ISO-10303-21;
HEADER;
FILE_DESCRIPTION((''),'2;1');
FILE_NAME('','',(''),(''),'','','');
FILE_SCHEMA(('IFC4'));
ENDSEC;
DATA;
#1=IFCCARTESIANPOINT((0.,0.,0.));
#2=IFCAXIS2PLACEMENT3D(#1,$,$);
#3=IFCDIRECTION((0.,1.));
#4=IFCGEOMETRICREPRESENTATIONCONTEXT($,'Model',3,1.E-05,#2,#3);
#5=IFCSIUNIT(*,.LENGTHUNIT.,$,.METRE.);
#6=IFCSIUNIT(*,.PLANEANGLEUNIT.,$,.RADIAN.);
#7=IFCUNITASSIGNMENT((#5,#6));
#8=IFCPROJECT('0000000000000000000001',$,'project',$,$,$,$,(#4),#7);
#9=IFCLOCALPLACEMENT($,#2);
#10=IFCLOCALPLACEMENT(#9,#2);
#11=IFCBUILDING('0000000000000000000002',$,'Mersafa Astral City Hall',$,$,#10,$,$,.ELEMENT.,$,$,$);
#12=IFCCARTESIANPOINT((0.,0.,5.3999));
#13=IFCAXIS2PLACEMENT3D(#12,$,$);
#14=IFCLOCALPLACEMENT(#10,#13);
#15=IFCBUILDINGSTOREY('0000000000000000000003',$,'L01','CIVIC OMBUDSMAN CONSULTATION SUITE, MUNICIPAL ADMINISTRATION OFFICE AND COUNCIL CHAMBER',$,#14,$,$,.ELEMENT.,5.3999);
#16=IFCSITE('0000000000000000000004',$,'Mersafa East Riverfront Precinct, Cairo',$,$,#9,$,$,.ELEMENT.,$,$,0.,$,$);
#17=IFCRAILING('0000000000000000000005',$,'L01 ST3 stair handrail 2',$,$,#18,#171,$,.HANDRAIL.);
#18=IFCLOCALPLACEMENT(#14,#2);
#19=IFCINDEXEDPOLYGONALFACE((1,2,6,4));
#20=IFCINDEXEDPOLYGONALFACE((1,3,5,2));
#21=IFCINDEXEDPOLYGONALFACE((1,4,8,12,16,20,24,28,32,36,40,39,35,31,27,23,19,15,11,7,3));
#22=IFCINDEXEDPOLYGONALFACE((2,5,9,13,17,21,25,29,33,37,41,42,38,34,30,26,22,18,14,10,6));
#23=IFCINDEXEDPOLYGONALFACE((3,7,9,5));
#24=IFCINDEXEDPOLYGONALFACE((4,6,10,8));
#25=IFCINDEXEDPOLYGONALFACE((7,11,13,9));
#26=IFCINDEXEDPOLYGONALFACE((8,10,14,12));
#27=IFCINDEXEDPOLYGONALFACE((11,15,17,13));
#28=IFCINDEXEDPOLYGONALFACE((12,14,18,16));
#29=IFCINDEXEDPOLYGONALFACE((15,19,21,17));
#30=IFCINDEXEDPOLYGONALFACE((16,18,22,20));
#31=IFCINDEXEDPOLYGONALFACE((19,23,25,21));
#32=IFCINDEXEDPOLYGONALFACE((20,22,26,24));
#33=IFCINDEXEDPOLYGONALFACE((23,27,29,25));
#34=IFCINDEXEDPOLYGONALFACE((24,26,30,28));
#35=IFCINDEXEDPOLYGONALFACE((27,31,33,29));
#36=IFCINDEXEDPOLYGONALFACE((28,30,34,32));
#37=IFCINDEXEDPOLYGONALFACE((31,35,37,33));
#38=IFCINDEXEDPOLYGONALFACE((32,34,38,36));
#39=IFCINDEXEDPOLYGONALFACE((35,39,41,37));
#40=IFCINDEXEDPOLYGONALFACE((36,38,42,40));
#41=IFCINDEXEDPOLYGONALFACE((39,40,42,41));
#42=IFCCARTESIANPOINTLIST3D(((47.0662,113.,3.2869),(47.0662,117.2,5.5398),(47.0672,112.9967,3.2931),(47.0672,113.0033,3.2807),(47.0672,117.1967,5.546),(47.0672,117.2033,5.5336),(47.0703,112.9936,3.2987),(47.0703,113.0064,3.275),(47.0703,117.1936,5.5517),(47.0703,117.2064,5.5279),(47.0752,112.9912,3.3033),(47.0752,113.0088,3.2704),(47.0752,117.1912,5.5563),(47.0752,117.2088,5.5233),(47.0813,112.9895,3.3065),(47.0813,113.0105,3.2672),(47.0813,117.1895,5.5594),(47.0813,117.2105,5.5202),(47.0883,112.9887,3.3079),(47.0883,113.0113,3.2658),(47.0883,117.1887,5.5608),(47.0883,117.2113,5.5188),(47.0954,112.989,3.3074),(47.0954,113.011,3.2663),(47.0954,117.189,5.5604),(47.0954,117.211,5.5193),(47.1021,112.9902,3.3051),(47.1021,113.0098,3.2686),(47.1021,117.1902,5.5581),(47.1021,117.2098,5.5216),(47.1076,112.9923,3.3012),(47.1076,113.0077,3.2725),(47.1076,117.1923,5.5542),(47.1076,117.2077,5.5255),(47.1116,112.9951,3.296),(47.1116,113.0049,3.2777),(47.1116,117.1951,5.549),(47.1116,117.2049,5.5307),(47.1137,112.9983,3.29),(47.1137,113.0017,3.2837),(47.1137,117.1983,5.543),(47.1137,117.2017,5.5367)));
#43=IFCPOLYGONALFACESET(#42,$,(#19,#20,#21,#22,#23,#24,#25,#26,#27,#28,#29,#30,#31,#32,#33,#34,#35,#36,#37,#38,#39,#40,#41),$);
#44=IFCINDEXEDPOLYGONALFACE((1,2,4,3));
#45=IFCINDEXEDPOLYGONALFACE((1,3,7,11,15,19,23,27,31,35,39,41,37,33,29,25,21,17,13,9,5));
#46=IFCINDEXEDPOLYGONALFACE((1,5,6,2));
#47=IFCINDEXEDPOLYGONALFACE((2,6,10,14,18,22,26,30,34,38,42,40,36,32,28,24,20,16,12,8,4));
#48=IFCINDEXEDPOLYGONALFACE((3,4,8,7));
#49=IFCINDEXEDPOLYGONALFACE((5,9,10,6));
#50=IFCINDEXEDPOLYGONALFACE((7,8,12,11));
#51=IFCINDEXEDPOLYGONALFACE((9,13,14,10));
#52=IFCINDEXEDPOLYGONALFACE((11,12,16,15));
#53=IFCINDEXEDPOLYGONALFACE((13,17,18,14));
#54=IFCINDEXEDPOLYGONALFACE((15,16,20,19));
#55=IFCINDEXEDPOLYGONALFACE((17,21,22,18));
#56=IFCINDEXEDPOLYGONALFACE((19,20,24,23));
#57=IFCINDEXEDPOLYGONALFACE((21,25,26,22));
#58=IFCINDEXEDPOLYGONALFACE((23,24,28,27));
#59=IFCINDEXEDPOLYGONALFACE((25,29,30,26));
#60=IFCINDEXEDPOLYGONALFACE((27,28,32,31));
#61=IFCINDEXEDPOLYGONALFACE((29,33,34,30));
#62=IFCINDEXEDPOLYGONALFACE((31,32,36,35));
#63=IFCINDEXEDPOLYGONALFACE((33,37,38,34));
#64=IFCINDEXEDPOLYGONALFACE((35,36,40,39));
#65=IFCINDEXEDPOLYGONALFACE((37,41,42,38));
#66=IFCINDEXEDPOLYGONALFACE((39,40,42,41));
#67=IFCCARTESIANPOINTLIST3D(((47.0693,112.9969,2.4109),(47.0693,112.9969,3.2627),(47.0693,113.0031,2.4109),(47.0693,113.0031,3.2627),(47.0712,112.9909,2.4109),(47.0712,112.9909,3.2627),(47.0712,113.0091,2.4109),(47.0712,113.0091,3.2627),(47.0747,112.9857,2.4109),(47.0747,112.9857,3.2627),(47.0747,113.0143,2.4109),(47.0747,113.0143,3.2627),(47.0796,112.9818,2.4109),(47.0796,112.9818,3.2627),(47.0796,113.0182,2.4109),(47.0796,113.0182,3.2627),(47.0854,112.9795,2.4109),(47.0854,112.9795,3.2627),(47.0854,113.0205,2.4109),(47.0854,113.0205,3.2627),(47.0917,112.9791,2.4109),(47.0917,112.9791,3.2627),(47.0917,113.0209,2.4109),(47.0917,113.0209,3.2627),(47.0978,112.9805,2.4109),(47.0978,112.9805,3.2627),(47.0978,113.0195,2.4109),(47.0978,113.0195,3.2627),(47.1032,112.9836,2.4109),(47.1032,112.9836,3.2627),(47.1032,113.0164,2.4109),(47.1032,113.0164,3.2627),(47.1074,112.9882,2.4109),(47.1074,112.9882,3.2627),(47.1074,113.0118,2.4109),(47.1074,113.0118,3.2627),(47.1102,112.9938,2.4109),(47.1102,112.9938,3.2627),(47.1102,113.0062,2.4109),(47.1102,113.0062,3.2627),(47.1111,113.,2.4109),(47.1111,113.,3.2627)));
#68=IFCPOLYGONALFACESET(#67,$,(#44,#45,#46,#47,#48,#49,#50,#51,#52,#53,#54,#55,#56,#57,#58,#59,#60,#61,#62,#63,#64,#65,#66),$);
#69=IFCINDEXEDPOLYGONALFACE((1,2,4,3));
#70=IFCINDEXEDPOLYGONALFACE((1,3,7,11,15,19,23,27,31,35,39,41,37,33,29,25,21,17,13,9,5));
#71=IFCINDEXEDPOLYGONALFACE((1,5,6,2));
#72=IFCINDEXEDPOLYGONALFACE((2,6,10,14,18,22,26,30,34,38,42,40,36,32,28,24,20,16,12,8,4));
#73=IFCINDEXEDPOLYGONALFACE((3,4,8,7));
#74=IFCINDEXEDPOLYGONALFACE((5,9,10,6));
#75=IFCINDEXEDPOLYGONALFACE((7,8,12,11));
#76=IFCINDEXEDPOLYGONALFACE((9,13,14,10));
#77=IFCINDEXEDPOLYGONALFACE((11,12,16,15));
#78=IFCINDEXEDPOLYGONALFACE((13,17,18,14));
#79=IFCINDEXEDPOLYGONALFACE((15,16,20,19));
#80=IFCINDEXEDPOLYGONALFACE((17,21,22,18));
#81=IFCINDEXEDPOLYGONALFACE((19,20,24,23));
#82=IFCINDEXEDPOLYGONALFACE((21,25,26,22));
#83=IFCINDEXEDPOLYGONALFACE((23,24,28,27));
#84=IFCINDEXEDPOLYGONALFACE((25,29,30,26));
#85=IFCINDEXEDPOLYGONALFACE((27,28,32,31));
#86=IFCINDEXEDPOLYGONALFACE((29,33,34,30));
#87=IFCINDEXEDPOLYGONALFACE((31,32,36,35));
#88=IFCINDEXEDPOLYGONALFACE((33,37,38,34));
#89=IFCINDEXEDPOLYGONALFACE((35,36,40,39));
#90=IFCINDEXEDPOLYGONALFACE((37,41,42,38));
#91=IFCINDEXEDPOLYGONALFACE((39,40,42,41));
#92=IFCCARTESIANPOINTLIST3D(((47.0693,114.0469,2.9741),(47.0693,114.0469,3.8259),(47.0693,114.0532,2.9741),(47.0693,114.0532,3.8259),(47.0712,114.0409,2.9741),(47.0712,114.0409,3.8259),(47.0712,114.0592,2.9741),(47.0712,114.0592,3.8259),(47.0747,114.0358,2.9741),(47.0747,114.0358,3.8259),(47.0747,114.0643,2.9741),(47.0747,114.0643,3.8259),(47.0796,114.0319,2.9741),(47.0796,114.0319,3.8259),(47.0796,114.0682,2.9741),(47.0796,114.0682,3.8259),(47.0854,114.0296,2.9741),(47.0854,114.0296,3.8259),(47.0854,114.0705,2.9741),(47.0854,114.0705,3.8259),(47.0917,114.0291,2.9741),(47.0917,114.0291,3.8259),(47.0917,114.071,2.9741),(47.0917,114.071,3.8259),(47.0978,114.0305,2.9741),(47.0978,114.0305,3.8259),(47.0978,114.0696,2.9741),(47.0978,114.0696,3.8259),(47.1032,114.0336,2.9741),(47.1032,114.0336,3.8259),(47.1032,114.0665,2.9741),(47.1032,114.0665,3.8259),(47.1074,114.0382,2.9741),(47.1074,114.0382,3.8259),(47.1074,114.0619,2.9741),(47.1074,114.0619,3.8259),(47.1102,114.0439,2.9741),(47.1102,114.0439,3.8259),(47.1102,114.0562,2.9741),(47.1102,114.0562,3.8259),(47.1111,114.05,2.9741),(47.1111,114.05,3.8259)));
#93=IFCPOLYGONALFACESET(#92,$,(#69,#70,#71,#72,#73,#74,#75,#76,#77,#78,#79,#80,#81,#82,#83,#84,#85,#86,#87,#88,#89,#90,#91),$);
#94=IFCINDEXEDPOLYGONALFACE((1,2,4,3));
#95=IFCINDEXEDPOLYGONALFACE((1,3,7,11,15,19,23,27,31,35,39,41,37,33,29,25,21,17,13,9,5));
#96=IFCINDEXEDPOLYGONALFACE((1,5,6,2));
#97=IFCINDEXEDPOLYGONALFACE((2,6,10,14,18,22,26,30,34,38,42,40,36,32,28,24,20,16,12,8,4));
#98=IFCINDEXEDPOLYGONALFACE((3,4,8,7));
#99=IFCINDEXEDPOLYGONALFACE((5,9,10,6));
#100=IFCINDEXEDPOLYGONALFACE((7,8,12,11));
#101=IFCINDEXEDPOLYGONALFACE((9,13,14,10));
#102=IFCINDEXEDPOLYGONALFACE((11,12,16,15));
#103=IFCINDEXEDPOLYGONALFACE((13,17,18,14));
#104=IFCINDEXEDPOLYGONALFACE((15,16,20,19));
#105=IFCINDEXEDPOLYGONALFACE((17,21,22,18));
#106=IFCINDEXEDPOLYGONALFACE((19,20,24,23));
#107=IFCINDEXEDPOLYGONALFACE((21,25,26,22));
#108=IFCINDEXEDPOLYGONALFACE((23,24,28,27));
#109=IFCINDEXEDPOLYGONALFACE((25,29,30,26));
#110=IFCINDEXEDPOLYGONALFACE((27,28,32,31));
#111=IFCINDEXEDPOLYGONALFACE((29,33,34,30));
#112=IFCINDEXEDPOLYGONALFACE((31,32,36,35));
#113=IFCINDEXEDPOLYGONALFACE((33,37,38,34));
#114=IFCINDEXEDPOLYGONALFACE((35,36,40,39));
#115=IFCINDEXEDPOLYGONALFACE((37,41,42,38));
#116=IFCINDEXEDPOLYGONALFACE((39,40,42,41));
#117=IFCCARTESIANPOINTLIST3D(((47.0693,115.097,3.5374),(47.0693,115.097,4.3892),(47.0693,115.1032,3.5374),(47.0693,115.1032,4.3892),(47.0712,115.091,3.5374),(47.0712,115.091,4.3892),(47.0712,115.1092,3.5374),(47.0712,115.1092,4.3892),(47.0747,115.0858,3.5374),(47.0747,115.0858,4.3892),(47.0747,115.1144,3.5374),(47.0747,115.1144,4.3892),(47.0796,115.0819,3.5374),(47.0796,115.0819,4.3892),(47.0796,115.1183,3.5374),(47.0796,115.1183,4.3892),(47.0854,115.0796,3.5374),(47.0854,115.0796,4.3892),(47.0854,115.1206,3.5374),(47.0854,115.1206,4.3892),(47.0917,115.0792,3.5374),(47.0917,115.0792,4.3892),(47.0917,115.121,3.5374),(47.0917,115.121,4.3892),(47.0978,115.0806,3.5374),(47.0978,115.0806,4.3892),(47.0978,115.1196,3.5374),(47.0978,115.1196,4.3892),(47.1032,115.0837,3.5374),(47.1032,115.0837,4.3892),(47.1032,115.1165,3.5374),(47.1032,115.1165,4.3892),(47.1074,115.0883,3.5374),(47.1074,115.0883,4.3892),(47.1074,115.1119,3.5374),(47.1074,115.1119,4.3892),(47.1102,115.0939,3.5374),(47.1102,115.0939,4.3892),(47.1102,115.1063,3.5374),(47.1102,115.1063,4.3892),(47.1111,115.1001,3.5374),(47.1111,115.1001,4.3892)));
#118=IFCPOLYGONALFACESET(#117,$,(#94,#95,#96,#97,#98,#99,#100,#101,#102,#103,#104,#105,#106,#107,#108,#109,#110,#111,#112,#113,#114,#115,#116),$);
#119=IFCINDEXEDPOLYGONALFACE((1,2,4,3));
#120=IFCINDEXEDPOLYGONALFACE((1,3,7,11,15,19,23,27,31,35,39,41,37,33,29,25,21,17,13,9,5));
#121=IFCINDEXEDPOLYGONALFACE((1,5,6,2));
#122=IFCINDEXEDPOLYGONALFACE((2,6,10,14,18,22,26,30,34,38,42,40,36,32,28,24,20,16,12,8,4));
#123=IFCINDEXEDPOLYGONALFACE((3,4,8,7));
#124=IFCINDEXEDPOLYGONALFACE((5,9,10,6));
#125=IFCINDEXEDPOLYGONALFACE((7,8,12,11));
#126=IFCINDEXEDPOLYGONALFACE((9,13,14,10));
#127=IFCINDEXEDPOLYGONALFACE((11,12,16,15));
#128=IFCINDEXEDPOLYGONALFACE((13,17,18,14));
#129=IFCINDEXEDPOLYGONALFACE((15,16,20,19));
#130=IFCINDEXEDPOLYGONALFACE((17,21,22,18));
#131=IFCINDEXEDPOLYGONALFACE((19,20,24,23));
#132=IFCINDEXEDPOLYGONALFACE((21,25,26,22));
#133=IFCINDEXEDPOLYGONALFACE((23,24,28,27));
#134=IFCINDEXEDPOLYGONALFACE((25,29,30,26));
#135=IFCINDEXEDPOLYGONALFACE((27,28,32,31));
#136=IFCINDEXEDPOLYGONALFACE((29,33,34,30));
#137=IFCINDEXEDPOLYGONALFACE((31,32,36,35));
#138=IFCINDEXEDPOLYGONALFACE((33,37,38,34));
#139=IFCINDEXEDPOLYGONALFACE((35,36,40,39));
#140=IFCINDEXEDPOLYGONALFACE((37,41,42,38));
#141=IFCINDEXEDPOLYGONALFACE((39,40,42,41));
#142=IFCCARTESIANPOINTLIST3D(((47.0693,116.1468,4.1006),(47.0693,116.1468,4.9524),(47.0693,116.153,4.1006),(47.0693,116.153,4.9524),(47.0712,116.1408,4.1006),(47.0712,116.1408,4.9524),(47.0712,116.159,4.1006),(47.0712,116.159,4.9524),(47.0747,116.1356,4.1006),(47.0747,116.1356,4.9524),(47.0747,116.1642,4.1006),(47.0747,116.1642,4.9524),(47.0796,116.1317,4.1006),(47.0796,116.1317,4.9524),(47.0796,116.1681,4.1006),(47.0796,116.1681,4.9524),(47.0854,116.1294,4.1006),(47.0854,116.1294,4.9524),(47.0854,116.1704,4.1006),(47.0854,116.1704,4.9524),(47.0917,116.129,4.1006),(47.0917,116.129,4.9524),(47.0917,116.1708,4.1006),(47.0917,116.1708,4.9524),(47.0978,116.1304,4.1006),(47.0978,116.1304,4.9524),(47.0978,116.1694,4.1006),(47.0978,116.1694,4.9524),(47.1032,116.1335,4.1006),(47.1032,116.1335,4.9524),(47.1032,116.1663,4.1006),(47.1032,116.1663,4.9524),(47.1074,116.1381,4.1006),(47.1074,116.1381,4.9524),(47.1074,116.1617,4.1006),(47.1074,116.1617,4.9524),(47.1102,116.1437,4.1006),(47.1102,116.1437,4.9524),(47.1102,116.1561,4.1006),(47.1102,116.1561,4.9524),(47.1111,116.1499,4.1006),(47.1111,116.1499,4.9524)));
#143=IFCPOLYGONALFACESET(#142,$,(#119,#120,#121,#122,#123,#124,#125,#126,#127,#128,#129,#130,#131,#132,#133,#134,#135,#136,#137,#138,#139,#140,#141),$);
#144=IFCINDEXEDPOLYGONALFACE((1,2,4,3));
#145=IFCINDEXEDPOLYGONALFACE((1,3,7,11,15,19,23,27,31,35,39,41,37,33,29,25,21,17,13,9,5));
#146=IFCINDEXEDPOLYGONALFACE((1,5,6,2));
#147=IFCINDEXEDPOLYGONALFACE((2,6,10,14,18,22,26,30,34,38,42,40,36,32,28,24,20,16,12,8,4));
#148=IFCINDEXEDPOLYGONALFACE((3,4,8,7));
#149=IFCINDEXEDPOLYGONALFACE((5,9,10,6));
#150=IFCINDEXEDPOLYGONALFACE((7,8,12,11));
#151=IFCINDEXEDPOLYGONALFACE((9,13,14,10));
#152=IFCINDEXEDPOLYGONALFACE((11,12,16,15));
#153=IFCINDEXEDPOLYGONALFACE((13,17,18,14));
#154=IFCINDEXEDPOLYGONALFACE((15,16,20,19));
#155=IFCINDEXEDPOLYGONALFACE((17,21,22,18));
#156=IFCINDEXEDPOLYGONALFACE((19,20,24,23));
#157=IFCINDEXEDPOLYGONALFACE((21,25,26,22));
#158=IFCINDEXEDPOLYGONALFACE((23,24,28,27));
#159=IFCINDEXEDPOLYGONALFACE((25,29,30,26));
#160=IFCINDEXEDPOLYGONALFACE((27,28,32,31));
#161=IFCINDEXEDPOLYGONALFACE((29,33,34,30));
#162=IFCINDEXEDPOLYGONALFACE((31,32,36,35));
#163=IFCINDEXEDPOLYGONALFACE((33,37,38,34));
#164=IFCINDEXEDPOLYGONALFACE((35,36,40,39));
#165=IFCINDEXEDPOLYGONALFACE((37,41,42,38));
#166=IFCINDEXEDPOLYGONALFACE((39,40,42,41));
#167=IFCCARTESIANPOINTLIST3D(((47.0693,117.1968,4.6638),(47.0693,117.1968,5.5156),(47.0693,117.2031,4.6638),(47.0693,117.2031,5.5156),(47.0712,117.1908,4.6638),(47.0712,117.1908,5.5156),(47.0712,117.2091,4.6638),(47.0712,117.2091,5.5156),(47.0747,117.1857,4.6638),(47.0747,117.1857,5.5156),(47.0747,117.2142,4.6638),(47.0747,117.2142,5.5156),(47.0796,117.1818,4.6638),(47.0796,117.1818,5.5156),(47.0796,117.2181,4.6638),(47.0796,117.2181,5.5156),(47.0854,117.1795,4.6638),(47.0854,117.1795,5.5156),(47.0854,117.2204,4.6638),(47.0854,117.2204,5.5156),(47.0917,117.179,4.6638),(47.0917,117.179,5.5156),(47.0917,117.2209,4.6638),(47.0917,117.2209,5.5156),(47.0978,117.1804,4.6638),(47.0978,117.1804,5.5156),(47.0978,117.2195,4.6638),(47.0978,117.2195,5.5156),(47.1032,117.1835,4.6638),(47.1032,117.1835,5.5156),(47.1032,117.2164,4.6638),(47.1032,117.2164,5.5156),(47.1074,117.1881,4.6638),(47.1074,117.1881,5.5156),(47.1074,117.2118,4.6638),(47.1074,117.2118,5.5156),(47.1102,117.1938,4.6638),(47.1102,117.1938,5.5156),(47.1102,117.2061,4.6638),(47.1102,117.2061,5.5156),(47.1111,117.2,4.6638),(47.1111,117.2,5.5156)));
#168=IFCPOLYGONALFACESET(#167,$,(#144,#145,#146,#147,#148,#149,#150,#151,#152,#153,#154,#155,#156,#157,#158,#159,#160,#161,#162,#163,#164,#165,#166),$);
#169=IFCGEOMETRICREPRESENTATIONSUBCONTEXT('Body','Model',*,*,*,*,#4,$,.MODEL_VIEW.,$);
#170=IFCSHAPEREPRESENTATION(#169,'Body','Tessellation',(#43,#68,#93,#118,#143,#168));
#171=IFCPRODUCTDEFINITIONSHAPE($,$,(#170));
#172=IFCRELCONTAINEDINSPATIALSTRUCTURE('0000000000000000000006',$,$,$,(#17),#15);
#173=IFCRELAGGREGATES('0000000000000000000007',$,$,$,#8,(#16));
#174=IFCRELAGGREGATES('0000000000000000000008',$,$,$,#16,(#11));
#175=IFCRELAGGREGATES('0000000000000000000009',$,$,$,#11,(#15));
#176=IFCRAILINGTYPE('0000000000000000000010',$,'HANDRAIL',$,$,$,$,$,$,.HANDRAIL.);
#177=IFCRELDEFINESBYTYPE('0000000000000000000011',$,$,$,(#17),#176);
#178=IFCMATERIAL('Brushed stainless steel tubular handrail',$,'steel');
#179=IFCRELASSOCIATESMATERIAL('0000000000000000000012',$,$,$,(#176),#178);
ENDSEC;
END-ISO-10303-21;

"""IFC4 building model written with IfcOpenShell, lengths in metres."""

from ifc_helpers import new_model, si_unit, direction, frame, origin, origin_2d, place, context, subcontext, project, spatial, circle, extrude, material, type_object, element, save


model = new_model("IFC4")

# Units and contexts
model_context = context("Model", 3, precision=1e-05, world=origin(), true_north=direction((0.0, 1.0)))
body_context = subcontext(model_context, "Body", "Model", "MODEL_VIEW")
ifc_project = project(units=[si_unit("LENGTHUNIT", "METRE"), si_unit("PLANEANGLEUNIT", "RADIAN")], contexts=[model_context])

# Site, building, storey
site_placement = place(None, origin())
site = spatial("IfcSite", under=ifc_project, at=site_placement, Name="Mersafa East Riverfront Precinct, Cairo", CompositionType="ELEMENT", RefElevation=0.0)
building_placement = place(site_placement, origin())
building = spatial("IfcBuilding", under=site, at=building_placement, Name="Mersafa Astral City Hall", CompositionType="ELEMENT")
storey_placement = place(building_placement, frame((0.0, 0.0, 5.3999)))
storey = spatial("IfcBuildingStorey", under=building, at=storey_placement, Name="L01", Description="CIVIC OMBUDSMAN CONSULTATION SUITE, MUNICIPAL ADMINISTRATION OFFICE AND COUNCIL CHAMBER", CompositionType="ELEMENT", Elevation=5.3999)

# Railing
ifc_material_1 = material(Name="Brushed stainless steel tubular handrail", Category="steel")
railing_type_1 = type_object("IfcRailingType", Name="HANDRAIL", PredefinedType="HANDRAIL", material=ifc_material_1)
railing_1_placement = place(storey_placement, frame((47.0901, 113.0, 2.4109)))
element("IfcRailing", 1, at=railing_1_placement, inside=storey, type_object=railing_type_1, Name="L01 ST3 stair handrail 2", PredefinedType="HANDRAIL", context=body_context, shape_type="SweptSolid", body=[
    extrude(circle(Radius=0.0239, at=origin_2d()), frame((0.0, 0.0, 0.876), z_axis=(0.0, 0.881222, 0.472703), x_axis=(-1.0, 0.0, 0.0)), (0.0, 0.0, 1.0), 4.7661),
    extrude(circle(Radius=0.021, at=origin_2d()), origin(), (0.0, 0.0, 1.0), 0.8518),
    extrude(circle(Radius=0.021, at=origin_2d()), frame((0.0, 1.05, 0.5632)), (0.0, 0.0, 1.0), 0.8518),
    extrude(circle(Radius=0.021, at=origin_2d()), frame((0.0, 2.1001, 1.1265)), (0.0, 0.0, 1.0), 0.8518),
    extrude(circle(Radius=0.021, at=origin_2d()), frame((0.0, 3.1499, 1.6897)), (0.0, 0.0, 1.0), 0.8518),
    extrude(circle(Radius=0.021, at=origin_2d()), frame((0.0, 4.2, 2.2529)), (0.0, 0.0, 1.0), 0.8518),
])

save(model, "model.ifc")
